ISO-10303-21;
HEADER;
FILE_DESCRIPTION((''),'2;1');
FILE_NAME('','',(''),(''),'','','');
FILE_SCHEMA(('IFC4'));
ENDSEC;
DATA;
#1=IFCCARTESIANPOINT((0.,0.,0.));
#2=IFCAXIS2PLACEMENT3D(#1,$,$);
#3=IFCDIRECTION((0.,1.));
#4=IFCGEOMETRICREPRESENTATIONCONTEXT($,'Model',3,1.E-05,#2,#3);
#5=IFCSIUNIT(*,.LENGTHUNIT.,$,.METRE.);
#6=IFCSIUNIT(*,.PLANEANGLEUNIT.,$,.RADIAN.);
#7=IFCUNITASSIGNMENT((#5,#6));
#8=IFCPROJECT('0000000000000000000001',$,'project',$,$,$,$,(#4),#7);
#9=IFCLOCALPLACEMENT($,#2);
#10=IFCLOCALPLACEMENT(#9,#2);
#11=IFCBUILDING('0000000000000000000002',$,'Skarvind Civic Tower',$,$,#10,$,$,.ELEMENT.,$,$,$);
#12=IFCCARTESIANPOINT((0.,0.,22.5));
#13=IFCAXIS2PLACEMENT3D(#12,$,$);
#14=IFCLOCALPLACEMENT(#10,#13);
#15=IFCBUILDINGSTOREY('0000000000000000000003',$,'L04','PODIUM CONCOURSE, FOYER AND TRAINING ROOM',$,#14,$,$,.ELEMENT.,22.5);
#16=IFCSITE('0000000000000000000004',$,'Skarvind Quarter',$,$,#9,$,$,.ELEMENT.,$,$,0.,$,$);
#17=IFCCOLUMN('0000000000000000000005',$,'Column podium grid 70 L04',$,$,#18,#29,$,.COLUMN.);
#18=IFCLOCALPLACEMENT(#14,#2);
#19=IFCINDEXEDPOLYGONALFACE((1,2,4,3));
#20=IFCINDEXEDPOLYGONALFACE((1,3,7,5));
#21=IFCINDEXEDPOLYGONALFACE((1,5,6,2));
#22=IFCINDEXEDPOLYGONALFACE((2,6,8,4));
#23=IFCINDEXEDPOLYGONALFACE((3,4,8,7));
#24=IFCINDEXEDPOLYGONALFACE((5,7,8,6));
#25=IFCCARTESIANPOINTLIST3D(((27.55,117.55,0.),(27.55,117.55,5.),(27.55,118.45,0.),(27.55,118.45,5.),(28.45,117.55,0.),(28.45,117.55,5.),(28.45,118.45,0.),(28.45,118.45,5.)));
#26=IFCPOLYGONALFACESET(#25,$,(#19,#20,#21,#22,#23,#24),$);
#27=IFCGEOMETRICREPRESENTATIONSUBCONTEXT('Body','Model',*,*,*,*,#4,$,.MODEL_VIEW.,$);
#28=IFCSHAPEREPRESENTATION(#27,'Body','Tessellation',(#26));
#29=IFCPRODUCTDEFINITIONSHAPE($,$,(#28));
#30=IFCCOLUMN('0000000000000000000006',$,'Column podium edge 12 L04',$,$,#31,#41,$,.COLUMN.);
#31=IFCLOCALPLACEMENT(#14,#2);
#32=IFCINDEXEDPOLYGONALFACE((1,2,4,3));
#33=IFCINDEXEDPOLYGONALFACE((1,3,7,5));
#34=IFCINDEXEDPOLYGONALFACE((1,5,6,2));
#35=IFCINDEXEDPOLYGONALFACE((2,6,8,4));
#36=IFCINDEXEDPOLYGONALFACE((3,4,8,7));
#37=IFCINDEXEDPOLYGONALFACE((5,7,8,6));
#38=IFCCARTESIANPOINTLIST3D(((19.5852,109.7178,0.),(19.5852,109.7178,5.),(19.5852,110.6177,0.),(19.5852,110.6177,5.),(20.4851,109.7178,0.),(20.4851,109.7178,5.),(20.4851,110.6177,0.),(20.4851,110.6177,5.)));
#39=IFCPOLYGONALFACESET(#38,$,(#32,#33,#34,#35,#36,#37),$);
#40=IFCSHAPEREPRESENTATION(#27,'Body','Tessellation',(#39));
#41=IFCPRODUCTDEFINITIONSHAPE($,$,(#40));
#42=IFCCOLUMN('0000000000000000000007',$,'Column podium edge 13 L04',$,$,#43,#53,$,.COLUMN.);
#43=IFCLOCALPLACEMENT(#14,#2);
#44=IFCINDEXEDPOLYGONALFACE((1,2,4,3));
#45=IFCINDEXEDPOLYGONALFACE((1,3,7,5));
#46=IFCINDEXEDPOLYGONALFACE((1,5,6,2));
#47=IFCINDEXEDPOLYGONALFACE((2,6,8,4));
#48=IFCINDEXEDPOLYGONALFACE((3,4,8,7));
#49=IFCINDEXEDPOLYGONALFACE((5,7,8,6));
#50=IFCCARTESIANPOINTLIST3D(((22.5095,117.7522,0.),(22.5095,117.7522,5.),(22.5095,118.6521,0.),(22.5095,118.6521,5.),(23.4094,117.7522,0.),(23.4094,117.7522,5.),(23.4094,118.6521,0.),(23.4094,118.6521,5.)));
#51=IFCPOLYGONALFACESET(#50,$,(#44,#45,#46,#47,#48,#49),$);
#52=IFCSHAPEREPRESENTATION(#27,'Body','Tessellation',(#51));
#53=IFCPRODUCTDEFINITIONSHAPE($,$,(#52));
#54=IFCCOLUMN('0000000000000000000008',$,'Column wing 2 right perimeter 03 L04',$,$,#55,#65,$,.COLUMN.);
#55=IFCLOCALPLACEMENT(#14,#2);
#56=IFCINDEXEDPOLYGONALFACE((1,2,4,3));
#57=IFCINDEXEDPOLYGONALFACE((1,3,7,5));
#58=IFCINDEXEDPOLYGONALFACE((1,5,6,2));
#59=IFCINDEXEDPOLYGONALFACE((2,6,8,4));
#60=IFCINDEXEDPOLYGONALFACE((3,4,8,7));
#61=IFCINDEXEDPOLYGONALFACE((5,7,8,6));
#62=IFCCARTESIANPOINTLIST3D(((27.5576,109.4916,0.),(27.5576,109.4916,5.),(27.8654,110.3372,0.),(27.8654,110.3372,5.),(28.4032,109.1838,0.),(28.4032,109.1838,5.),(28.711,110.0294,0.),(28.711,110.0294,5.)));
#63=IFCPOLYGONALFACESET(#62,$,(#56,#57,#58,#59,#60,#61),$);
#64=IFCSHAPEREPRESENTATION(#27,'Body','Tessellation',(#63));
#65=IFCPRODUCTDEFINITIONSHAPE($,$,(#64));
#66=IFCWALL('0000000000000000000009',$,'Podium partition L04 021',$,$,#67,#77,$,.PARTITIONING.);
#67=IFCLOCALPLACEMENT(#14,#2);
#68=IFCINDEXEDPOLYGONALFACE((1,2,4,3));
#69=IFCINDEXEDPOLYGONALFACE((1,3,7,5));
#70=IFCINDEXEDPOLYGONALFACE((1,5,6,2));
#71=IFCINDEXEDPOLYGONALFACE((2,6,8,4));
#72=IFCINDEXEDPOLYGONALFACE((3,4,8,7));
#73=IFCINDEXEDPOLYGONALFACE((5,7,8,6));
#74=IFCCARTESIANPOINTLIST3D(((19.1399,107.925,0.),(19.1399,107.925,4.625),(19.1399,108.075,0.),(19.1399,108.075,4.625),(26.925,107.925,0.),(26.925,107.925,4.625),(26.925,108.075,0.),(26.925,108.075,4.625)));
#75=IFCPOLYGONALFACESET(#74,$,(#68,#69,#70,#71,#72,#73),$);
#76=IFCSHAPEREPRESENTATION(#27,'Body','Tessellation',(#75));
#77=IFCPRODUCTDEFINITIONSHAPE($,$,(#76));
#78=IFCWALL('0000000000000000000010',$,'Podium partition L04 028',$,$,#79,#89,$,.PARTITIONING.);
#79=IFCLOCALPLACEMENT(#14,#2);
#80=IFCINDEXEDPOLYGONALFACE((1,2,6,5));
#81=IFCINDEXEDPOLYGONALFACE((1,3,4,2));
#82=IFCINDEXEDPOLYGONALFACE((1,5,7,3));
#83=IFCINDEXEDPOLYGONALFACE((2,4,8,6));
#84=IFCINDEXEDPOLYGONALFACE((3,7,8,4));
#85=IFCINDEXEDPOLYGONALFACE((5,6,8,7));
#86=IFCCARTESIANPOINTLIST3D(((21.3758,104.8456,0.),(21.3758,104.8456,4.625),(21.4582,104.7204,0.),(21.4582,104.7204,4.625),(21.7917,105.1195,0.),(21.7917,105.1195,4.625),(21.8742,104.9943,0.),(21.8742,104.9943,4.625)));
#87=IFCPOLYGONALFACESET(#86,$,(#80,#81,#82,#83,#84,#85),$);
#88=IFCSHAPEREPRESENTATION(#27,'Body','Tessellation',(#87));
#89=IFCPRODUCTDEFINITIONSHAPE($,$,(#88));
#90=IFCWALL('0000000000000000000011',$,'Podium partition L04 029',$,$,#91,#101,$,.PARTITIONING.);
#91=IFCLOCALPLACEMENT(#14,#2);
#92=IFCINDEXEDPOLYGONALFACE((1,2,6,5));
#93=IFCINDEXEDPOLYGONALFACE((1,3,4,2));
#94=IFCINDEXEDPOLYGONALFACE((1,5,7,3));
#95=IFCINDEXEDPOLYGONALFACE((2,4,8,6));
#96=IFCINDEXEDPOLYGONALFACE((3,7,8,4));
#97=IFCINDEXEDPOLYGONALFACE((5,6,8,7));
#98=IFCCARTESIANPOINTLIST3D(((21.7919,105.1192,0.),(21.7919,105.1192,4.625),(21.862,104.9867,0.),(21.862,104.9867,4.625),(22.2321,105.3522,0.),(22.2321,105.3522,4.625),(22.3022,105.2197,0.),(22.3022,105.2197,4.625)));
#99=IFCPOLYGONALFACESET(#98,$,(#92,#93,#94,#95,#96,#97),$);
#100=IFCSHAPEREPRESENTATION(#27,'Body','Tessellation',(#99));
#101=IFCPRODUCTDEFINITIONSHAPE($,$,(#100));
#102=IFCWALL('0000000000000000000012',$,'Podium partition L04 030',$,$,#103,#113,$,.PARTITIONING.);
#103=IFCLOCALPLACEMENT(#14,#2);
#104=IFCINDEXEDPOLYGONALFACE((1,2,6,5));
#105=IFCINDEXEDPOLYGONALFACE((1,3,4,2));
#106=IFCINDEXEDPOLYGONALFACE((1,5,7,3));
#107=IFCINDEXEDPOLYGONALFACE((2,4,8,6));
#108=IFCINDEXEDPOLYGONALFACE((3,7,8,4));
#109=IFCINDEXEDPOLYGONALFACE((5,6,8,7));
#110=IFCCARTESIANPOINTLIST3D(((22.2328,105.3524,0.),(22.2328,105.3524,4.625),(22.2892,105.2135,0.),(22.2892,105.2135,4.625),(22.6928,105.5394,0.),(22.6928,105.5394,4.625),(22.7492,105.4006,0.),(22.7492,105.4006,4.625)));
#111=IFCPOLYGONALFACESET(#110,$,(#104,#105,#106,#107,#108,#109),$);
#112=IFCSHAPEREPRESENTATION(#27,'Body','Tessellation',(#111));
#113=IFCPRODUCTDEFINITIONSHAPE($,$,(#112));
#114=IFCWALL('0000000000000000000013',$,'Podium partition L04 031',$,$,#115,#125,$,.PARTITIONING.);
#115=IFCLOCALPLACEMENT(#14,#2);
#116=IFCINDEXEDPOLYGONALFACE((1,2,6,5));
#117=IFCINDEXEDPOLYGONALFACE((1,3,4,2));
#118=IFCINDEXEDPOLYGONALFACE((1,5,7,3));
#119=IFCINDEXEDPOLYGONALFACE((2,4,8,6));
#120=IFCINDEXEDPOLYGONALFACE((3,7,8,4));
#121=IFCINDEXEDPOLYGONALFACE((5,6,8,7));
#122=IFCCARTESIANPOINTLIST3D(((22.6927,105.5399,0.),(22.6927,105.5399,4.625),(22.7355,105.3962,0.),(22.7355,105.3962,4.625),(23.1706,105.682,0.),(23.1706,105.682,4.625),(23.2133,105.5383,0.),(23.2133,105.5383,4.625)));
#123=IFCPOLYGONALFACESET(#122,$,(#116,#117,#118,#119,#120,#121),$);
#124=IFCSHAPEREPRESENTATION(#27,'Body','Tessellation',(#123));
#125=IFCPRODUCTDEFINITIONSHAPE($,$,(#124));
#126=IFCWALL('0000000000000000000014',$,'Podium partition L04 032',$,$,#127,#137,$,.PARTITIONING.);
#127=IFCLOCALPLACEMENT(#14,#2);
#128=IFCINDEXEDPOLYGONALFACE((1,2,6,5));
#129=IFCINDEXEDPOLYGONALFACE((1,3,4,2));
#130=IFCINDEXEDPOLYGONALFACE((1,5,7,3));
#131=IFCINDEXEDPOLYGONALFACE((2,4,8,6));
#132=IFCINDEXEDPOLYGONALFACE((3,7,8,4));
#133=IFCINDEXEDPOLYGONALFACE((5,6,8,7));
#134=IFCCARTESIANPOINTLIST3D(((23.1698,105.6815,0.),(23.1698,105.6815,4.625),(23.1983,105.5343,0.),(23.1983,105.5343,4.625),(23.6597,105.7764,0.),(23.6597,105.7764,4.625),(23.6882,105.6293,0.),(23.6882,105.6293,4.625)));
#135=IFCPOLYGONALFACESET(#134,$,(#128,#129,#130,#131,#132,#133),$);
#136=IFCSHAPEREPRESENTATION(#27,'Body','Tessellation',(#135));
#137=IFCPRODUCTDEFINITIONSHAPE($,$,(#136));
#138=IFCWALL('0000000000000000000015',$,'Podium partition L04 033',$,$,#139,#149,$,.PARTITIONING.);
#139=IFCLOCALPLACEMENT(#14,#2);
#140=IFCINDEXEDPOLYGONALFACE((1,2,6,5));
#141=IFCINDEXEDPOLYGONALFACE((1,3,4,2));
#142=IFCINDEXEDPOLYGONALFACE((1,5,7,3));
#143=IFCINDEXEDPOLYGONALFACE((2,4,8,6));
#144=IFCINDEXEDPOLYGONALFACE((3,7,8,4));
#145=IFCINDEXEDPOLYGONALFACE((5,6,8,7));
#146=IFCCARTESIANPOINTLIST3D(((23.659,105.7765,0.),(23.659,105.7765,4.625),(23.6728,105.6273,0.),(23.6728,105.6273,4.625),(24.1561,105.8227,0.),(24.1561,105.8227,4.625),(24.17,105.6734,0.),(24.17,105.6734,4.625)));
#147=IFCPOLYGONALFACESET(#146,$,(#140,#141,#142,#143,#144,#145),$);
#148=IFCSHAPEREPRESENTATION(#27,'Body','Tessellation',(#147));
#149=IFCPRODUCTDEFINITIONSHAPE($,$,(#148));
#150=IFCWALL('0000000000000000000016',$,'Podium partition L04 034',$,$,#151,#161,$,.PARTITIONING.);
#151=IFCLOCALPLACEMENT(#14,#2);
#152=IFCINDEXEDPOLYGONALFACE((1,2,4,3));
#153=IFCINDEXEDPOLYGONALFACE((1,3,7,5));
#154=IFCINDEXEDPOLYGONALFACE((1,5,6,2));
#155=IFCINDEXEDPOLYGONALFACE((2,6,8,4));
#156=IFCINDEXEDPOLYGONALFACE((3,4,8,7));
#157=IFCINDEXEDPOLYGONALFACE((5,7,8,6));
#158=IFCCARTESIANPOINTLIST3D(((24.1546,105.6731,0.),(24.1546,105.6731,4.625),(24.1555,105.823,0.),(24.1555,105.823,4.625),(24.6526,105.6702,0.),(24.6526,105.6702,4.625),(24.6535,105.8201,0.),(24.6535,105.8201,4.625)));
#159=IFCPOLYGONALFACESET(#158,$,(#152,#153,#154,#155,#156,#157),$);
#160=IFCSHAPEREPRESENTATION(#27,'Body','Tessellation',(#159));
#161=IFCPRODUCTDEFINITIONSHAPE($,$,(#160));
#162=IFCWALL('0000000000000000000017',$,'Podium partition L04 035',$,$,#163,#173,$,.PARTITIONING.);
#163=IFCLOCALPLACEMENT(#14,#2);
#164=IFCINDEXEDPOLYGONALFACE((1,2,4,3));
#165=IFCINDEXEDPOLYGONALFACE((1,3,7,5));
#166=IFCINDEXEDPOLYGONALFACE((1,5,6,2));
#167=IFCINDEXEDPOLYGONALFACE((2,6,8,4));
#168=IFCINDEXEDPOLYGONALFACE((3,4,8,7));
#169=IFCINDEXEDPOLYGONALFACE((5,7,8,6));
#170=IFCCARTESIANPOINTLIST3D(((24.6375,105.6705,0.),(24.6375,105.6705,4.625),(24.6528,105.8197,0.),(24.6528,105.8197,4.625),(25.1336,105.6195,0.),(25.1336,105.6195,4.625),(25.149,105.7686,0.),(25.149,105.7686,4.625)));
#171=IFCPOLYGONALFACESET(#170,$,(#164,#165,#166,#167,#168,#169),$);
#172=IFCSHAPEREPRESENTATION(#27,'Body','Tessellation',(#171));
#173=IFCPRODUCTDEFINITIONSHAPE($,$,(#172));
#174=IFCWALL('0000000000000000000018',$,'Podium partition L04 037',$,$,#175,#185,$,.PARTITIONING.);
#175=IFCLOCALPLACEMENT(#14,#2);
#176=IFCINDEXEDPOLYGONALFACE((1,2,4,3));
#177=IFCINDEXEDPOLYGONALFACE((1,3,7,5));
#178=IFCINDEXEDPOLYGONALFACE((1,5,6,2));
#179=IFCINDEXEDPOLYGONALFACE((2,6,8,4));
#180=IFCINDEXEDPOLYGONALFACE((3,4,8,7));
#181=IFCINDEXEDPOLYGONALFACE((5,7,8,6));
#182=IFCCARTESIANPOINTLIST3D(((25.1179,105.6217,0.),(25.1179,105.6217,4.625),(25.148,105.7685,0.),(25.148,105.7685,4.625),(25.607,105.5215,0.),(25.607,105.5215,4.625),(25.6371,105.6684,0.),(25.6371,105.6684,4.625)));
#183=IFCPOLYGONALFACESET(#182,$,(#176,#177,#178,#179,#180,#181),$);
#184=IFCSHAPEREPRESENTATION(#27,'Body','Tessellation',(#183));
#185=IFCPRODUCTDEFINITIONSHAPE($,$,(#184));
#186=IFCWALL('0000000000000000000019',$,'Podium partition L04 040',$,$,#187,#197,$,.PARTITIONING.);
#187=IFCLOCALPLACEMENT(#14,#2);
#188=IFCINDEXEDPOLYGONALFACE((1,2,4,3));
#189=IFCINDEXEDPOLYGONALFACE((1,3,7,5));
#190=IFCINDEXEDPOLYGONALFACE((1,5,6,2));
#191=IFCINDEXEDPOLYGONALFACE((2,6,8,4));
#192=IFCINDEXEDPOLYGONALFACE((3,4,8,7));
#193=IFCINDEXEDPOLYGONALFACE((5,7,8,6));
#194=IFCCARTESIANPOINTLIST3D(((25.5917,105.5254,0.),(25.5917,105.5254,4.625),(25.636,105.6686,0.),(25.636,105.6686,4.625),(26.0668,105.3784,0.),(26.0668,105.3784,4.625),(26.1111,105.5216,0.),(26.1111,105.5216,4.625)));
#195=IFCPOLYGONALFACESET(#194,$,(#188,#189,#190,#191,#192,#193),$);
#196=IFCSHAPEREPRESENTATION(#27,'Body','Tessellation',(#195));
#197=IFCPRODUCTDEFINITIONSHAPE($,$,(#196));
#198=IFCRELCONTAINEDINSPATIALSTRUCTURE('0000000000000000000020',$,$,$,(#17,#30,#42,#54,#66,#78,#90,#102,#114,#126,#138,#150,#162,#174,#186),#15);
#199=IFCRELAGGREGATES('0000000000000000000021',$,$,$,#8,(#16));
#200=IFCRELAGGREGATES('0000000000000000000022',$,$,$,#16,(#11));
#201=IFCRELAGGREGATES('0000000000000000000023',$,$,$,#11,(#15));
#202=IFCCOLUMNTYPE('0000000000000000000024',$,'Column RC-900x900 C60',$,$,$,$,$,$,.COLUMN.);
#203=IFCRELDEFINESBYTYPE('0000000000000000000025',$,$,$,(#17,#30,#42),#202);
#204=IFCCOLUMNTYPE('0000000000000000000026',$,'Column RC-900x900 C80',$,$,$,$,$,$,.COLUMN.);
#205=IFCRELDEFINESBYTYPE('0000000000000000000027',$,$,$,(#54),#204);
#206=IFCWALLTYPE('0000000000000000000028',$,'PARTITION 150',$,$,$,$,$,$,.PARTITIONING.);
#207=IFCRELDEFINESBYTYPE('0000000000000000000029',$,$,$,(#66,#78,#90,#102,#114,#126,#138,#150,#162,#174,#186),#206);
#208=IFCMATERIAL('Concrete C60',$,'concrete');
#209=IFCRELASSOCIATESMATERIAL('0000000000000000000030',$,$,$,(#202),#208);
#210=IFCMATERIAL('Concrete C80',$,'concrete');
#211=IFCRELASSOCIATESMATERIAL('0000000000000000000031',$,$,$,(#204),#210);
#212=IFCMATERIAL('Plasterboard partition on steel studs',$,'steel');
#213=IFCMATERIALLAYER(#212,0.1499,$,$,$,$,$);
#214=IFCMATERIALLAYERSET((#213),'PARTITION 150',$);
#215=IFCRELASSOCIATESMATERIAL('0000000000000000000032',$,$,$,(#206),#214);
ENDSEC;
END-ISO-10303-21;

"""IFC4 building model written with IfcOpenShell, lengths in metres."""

from ifc_helpers import new_model, si_unit, direction, frame, frame_2d, origin, origin_2d, place, context, subcontext, project, spatial, rectangle, extrude, material, layer, layer_set, material_profile, profile_set, type_object, element, save


model = new_model("IFC4")

# Units and contexts
model_context = context("Model", 3, precision=1e-05, world=origin(), true_north=direction((0.0, 1.0)))
body_context = subcontext(model_context, "Body", "Model", "MODEL_VIEW")
ifc_project = project(units=[si_unit("LENGTHUNIT", "METRE"), si_unit("PLANEANGLEUNIT", "RADIAN")], contexts=[model_context])

# Site, building, storey
site_placement = place(None, origin())
site = spatial("IfcSite", under=ifc_project, at=site_placement, Name="Skarvind Quarter", CompositionType="ELEMENT", RefElevation=0.0)
building_placement = place(site_placement, origin())
building = spatial("IfcBuilding", under=site, at=building_placement, Name="Skarvind Civic Tower", CompositionType="ELEMENT")
storey_placement = place(building_placement, frame((0.0, 0.0, 22.5)))
storey = spatial("IfcBuildingStorey", under=building, at=storey_placement, Name="L04", Description="PODIUM CONCOURSE, FOYER AND TRAINING ROOM", CompositionType="ELEMENT", Elevation=22.5)

# Columns
ifc_material_1 = material(Name="Concrete C60", Category="concrete")
ifc_material_profile_1 = material_profile(ifc_material_1, rectangle(XDim=0.8999, YDim=0.8999, at=origin_2d()), Name="RC-900x900")
ifc_profile_set_1 = profile_set([ifc_material_profile_1], Name="Concrete C60")
column_type_1 = type_object("IfcColumnType", Name="Column RC-900x900 C60", PredefinedType="COLUMN", material=ifc_profile_set_1)
for number, where, z_axis, x_axis, name in (
    (1, (28.0, 118.0, 0.0), (0.0, 0.0, 1.0), (1.0, 0.0, 0.0), "Column podium grid 70 L04"),
    (2, (20.0352, 110.1677, 0.0), (0.0, 0.0, 1.0), (1.0, 0.0, 0.0), "Column podium edge 12 L04"),
    (3, (22.9595, 118.2021, 0.0), (0.0, 0.0, 1.0), (1.0, 0.0, 0.0), "Column podium edge 13 L04"),
):
    element("IfcColumn", number, at=place(storey_placement, frame(where, z_axis=z_axis, x_axis=x_axis)), inside=storey, type_object=column_type_1, Name=name, PredefinedType="COLUMN", context=body_context, shape_type="SweptSolid", body=[
        extrude(rectangle(XDim=0.8999, YDim=0.8999, at=origin_2d()), origin(), (0.0, 0.0, 1.0), 5.0),
    ])
ifc_material_2 = material(Name="Concrete C80", Category="concrete")
ifc_material_profile_2 = material_profile(ifc_material_2, rectangle(XDim=0.8999, YDim=0.8999, at=origin_2d()), Name="RC-900x900")
ifc_profile_set_2 = profile_set([ifc_material_profile_2], Name="Concrete C80")
column_type_2 = type_object("IfcColumnType", Name="Column RC-900x900 C80", PredefinedType="COLUMN", material=ifc_profile_set_2)
column_placement = place(storey_placement, frame((28.1343, 109.7605, 0.0), z_axis=(0.0, 0.0, 1.0), x_axis=(-0.34202, -0.939693, 0.0)))
element("IfcColumn", 4, at=column_placement, inside=storey, type_object=column_type_2, Name="Column wing 2 right perimeter 03 L04", PredefinedType="COLUMN", context=body_context, shape_type="SweptSolid", body=[
    extrude(rectangle(XDim=0.8999, YDim=0.8999, at=origin_2d()), origin(), (0.0, 0.0, 1.0), 5.0),
])

# Walls
ifc_material_3 = material(Name="Plasterboard partition on steel studs", Category="steel")
ifc_layer = layer(ifc_material_3, 0.1499)
ifc_layer_set = layer_set([ifc_layer], Name="PARTITION 150")
wall_type = type_object("IfcWallType", Name="PARTITION 150", PredefinedType="PARTITIONING", material=ifc_layer_set)
wall_1_placement = place(storey_placement, frame((19.1399, 108.0, 0.0), z_axis=(0.0, 0.0, 1.0), x_axis=(1.0, 0.0, 0.0)))
element("IfcWall", 5, at=wall_1_placement, inside=storey, type_object=wall_type, Name="Podium partition L04 021", PredefinedType="PARTITIONING", context=body_context, shape_type="SweptSolid", body=[
    extrude(rectangle(XDim=7.7852, YDim=0.1499, at=frame_2d((3.8926, 0.0))), origin(), (0.0, 0.0, 1.0), 4.625),
])
for number, where, z_axis, x_axis, name in (
    (6, (21.417, 104.783, 0.0), (0.0, 0.0, 1.0), (0.835204, 0.549941, 0.0), "Podium partition L04 028"),
    (7, (21.8269, 105.053, 0.0), (0.0, 0.0, 1.0), (0.883895, 0.467685, 0.0), "Podium partition L04 029"),
):
    element("IfcWall", number, at=place(storey_placement, frame(where, z_axis=z_axis, x_axis=x_axis)), inside=storey, type_object=wall_type, Name=name, PredefinedType="PARTITIONING", context=body_context, shape_type="SweptSolid", body=[
        extrude(rectangle(XDim=0.498, YDim=0.1499, at=frame_2d((0.249, 0.0))), origin(), (0.0, 0.0, 1.0), 4.625),
    ])
wall_2_placement = place(storey_placement, frame((22.261, 105.283, 0.0), z_axis=(0.0, 0.0, 1.0), x_axis=(0.926359, 0.376641, 0.0)))
element("IfcWall", 8, at=wall_2_placement, inside=storey, type_object=wall_type, Name="Podium partition L04 030", PredefinedType="PARTITIONING", context=body_context, shape_type="SweptSolid", body=[
    extrude(rectangle(XDim=0.4966, YDim=0.1499, at=frame_2d((0.2483, 0.0))), origin(), (0.0, 0.0, 1.0), 4.625),
])
wall_3_placement = place(storey_placement, frame((22.7141, 105.468, 0.0), z_axis=(0.0, 0.0, 1.0), x_axis=(0.958511, 0.285055, 0.0)))
element("IfcWall", 9, at=wall_3_placement, inside=storey, type_object=wall_type, Name="Podium partition L04 031", PredefinedType="PARTITIONING", context=body_context, shape_type="SweptSolid", body=[
    extrude(rectangle(XDim=0.4985, YDim=0.1499, at=frame_2d((0.2493, 0.0))), origin(), (0.0, 0.0, 1.0), 4.625),
])
wall_4_placement = place(storey_placement, frame((23.1841, 105.6079, 0.0), z_axis=(0.0, 0.0, 1.0), x_axis=(0.98173, 0.19028, 0.0)))
element("IfcWall", 10, at=wall_4_placement, inside=storey, type_object=wall_type, Name="Podium partition L04 032", PredefinedType="PARTITIONING", context=body_context, shape_type="SweptSolid", body=[
    extrude(rectangle(XDim=0.499, YDim=0.1499, at=frame_2d((0.2495, 0.0))), origin(), (0.0, 0.0, 1.0), 4.625),
])
wall_5_placement = place(storey_placement, frame((23.666, 105.7019, 0.0), z_axis=(0.0, 0.0, 1.0), x_axis=(0.995719, 0.092432, 0.0)))
element("IfcWall", 11, at=wall_5_placement, inside=storey, type_object=wall_type, Name="Podium partition L04 033", PredefinedType="PARTITIONING", context=body_context, shape_type="SweptSolid", body=[
    extrude(rectangle(XDim=0.4993, YDim=0.1499, at=frame_2d((0.2495, 0.0))), origin(), (0.0, 0.0, 1.0), 4.625),
])
wall_6_placement = place(storey_placement, frame((24.155, 105.748, 0.0), z_axis=(0.0, 0.0, 1.0), x_axis=(0.999983, -0.005882, 0.0)))
element("IfcWall", 12, at=wall_6_placement, inside=storey, type_object=wall_type, Name="Podium partition L04 034", PredefinedType="PARTITIONING", context=body_context, shape_type="SweptSolid", body=[
    extrude(rectangle(XDim=0.498, YDim=0.1499, at=frame_2d((0.249, 0.0))), origin(), (0.0, 0.0, 1.0), 4.625),
])
wall_7_placement = place(storey_placement, frame((24.645, 105.7451, 0.0), z_axis=(0.0, 0.0, 1.0), x_axis=(0.994752, -0.102315, 0.0)))
element("IfcWall", 13, at=wall_7_placement, inside=storey, type_object=wall_type, Name="Podium partition L04 035", PredefinedType="PARTITIONING", context=body_context, shape_type="SweptSolid", body=[
    extrude(rectangle(XDim=0.4988, YDim=0.1499, at=frame_2d((0.2495, 0.0))), origin(), (0.0, 0.0, 1.0), 4.625),
])
wall_8_placement = place(storey_placement, frame((25.1331, 105.6951, 0.0), z_axis=(0.0, 0.0, 1.0), x_axis=(0.979687, -0.200535, 0.0)))
element("IfcWall", 14, at=wall_8_placement, inside=storey, type_object=wall_type, Name="Podium partition L04 037", PredefinedType="PARTITIONING", context=body_context, shape_type="SweptSolid", body=[
    extrude(rectangle(XDim=0.4993, YDim=0.1499, at=frame_2d((0.2495, 0.0))), origin(), (0.0, 0.0, 1.0), 4.625),
])
wall_9_placement = place(storey_placement, frame((25.614, 105.5969, 0.0), z_axis=(0.0, 0.0, 1.0), x_axis=(0.955332, -0.295534, 0.0)))
element("IfcWall", 15, at=wall_9_placement, inside=storey, type_object=wall_type, Name="Podium partition L04 040", PredefinedType="PARTITIONING", context=body_context, shape_type="SweptSolid", body=[
    extrude(rectangle(XDim=0.4973, YDim=0.1499, at=frame_2d((0.2485, 0.0))), origin(), (0.0, 0.0, 1.0), 4.625),
])

save(model, "model.ifc")
